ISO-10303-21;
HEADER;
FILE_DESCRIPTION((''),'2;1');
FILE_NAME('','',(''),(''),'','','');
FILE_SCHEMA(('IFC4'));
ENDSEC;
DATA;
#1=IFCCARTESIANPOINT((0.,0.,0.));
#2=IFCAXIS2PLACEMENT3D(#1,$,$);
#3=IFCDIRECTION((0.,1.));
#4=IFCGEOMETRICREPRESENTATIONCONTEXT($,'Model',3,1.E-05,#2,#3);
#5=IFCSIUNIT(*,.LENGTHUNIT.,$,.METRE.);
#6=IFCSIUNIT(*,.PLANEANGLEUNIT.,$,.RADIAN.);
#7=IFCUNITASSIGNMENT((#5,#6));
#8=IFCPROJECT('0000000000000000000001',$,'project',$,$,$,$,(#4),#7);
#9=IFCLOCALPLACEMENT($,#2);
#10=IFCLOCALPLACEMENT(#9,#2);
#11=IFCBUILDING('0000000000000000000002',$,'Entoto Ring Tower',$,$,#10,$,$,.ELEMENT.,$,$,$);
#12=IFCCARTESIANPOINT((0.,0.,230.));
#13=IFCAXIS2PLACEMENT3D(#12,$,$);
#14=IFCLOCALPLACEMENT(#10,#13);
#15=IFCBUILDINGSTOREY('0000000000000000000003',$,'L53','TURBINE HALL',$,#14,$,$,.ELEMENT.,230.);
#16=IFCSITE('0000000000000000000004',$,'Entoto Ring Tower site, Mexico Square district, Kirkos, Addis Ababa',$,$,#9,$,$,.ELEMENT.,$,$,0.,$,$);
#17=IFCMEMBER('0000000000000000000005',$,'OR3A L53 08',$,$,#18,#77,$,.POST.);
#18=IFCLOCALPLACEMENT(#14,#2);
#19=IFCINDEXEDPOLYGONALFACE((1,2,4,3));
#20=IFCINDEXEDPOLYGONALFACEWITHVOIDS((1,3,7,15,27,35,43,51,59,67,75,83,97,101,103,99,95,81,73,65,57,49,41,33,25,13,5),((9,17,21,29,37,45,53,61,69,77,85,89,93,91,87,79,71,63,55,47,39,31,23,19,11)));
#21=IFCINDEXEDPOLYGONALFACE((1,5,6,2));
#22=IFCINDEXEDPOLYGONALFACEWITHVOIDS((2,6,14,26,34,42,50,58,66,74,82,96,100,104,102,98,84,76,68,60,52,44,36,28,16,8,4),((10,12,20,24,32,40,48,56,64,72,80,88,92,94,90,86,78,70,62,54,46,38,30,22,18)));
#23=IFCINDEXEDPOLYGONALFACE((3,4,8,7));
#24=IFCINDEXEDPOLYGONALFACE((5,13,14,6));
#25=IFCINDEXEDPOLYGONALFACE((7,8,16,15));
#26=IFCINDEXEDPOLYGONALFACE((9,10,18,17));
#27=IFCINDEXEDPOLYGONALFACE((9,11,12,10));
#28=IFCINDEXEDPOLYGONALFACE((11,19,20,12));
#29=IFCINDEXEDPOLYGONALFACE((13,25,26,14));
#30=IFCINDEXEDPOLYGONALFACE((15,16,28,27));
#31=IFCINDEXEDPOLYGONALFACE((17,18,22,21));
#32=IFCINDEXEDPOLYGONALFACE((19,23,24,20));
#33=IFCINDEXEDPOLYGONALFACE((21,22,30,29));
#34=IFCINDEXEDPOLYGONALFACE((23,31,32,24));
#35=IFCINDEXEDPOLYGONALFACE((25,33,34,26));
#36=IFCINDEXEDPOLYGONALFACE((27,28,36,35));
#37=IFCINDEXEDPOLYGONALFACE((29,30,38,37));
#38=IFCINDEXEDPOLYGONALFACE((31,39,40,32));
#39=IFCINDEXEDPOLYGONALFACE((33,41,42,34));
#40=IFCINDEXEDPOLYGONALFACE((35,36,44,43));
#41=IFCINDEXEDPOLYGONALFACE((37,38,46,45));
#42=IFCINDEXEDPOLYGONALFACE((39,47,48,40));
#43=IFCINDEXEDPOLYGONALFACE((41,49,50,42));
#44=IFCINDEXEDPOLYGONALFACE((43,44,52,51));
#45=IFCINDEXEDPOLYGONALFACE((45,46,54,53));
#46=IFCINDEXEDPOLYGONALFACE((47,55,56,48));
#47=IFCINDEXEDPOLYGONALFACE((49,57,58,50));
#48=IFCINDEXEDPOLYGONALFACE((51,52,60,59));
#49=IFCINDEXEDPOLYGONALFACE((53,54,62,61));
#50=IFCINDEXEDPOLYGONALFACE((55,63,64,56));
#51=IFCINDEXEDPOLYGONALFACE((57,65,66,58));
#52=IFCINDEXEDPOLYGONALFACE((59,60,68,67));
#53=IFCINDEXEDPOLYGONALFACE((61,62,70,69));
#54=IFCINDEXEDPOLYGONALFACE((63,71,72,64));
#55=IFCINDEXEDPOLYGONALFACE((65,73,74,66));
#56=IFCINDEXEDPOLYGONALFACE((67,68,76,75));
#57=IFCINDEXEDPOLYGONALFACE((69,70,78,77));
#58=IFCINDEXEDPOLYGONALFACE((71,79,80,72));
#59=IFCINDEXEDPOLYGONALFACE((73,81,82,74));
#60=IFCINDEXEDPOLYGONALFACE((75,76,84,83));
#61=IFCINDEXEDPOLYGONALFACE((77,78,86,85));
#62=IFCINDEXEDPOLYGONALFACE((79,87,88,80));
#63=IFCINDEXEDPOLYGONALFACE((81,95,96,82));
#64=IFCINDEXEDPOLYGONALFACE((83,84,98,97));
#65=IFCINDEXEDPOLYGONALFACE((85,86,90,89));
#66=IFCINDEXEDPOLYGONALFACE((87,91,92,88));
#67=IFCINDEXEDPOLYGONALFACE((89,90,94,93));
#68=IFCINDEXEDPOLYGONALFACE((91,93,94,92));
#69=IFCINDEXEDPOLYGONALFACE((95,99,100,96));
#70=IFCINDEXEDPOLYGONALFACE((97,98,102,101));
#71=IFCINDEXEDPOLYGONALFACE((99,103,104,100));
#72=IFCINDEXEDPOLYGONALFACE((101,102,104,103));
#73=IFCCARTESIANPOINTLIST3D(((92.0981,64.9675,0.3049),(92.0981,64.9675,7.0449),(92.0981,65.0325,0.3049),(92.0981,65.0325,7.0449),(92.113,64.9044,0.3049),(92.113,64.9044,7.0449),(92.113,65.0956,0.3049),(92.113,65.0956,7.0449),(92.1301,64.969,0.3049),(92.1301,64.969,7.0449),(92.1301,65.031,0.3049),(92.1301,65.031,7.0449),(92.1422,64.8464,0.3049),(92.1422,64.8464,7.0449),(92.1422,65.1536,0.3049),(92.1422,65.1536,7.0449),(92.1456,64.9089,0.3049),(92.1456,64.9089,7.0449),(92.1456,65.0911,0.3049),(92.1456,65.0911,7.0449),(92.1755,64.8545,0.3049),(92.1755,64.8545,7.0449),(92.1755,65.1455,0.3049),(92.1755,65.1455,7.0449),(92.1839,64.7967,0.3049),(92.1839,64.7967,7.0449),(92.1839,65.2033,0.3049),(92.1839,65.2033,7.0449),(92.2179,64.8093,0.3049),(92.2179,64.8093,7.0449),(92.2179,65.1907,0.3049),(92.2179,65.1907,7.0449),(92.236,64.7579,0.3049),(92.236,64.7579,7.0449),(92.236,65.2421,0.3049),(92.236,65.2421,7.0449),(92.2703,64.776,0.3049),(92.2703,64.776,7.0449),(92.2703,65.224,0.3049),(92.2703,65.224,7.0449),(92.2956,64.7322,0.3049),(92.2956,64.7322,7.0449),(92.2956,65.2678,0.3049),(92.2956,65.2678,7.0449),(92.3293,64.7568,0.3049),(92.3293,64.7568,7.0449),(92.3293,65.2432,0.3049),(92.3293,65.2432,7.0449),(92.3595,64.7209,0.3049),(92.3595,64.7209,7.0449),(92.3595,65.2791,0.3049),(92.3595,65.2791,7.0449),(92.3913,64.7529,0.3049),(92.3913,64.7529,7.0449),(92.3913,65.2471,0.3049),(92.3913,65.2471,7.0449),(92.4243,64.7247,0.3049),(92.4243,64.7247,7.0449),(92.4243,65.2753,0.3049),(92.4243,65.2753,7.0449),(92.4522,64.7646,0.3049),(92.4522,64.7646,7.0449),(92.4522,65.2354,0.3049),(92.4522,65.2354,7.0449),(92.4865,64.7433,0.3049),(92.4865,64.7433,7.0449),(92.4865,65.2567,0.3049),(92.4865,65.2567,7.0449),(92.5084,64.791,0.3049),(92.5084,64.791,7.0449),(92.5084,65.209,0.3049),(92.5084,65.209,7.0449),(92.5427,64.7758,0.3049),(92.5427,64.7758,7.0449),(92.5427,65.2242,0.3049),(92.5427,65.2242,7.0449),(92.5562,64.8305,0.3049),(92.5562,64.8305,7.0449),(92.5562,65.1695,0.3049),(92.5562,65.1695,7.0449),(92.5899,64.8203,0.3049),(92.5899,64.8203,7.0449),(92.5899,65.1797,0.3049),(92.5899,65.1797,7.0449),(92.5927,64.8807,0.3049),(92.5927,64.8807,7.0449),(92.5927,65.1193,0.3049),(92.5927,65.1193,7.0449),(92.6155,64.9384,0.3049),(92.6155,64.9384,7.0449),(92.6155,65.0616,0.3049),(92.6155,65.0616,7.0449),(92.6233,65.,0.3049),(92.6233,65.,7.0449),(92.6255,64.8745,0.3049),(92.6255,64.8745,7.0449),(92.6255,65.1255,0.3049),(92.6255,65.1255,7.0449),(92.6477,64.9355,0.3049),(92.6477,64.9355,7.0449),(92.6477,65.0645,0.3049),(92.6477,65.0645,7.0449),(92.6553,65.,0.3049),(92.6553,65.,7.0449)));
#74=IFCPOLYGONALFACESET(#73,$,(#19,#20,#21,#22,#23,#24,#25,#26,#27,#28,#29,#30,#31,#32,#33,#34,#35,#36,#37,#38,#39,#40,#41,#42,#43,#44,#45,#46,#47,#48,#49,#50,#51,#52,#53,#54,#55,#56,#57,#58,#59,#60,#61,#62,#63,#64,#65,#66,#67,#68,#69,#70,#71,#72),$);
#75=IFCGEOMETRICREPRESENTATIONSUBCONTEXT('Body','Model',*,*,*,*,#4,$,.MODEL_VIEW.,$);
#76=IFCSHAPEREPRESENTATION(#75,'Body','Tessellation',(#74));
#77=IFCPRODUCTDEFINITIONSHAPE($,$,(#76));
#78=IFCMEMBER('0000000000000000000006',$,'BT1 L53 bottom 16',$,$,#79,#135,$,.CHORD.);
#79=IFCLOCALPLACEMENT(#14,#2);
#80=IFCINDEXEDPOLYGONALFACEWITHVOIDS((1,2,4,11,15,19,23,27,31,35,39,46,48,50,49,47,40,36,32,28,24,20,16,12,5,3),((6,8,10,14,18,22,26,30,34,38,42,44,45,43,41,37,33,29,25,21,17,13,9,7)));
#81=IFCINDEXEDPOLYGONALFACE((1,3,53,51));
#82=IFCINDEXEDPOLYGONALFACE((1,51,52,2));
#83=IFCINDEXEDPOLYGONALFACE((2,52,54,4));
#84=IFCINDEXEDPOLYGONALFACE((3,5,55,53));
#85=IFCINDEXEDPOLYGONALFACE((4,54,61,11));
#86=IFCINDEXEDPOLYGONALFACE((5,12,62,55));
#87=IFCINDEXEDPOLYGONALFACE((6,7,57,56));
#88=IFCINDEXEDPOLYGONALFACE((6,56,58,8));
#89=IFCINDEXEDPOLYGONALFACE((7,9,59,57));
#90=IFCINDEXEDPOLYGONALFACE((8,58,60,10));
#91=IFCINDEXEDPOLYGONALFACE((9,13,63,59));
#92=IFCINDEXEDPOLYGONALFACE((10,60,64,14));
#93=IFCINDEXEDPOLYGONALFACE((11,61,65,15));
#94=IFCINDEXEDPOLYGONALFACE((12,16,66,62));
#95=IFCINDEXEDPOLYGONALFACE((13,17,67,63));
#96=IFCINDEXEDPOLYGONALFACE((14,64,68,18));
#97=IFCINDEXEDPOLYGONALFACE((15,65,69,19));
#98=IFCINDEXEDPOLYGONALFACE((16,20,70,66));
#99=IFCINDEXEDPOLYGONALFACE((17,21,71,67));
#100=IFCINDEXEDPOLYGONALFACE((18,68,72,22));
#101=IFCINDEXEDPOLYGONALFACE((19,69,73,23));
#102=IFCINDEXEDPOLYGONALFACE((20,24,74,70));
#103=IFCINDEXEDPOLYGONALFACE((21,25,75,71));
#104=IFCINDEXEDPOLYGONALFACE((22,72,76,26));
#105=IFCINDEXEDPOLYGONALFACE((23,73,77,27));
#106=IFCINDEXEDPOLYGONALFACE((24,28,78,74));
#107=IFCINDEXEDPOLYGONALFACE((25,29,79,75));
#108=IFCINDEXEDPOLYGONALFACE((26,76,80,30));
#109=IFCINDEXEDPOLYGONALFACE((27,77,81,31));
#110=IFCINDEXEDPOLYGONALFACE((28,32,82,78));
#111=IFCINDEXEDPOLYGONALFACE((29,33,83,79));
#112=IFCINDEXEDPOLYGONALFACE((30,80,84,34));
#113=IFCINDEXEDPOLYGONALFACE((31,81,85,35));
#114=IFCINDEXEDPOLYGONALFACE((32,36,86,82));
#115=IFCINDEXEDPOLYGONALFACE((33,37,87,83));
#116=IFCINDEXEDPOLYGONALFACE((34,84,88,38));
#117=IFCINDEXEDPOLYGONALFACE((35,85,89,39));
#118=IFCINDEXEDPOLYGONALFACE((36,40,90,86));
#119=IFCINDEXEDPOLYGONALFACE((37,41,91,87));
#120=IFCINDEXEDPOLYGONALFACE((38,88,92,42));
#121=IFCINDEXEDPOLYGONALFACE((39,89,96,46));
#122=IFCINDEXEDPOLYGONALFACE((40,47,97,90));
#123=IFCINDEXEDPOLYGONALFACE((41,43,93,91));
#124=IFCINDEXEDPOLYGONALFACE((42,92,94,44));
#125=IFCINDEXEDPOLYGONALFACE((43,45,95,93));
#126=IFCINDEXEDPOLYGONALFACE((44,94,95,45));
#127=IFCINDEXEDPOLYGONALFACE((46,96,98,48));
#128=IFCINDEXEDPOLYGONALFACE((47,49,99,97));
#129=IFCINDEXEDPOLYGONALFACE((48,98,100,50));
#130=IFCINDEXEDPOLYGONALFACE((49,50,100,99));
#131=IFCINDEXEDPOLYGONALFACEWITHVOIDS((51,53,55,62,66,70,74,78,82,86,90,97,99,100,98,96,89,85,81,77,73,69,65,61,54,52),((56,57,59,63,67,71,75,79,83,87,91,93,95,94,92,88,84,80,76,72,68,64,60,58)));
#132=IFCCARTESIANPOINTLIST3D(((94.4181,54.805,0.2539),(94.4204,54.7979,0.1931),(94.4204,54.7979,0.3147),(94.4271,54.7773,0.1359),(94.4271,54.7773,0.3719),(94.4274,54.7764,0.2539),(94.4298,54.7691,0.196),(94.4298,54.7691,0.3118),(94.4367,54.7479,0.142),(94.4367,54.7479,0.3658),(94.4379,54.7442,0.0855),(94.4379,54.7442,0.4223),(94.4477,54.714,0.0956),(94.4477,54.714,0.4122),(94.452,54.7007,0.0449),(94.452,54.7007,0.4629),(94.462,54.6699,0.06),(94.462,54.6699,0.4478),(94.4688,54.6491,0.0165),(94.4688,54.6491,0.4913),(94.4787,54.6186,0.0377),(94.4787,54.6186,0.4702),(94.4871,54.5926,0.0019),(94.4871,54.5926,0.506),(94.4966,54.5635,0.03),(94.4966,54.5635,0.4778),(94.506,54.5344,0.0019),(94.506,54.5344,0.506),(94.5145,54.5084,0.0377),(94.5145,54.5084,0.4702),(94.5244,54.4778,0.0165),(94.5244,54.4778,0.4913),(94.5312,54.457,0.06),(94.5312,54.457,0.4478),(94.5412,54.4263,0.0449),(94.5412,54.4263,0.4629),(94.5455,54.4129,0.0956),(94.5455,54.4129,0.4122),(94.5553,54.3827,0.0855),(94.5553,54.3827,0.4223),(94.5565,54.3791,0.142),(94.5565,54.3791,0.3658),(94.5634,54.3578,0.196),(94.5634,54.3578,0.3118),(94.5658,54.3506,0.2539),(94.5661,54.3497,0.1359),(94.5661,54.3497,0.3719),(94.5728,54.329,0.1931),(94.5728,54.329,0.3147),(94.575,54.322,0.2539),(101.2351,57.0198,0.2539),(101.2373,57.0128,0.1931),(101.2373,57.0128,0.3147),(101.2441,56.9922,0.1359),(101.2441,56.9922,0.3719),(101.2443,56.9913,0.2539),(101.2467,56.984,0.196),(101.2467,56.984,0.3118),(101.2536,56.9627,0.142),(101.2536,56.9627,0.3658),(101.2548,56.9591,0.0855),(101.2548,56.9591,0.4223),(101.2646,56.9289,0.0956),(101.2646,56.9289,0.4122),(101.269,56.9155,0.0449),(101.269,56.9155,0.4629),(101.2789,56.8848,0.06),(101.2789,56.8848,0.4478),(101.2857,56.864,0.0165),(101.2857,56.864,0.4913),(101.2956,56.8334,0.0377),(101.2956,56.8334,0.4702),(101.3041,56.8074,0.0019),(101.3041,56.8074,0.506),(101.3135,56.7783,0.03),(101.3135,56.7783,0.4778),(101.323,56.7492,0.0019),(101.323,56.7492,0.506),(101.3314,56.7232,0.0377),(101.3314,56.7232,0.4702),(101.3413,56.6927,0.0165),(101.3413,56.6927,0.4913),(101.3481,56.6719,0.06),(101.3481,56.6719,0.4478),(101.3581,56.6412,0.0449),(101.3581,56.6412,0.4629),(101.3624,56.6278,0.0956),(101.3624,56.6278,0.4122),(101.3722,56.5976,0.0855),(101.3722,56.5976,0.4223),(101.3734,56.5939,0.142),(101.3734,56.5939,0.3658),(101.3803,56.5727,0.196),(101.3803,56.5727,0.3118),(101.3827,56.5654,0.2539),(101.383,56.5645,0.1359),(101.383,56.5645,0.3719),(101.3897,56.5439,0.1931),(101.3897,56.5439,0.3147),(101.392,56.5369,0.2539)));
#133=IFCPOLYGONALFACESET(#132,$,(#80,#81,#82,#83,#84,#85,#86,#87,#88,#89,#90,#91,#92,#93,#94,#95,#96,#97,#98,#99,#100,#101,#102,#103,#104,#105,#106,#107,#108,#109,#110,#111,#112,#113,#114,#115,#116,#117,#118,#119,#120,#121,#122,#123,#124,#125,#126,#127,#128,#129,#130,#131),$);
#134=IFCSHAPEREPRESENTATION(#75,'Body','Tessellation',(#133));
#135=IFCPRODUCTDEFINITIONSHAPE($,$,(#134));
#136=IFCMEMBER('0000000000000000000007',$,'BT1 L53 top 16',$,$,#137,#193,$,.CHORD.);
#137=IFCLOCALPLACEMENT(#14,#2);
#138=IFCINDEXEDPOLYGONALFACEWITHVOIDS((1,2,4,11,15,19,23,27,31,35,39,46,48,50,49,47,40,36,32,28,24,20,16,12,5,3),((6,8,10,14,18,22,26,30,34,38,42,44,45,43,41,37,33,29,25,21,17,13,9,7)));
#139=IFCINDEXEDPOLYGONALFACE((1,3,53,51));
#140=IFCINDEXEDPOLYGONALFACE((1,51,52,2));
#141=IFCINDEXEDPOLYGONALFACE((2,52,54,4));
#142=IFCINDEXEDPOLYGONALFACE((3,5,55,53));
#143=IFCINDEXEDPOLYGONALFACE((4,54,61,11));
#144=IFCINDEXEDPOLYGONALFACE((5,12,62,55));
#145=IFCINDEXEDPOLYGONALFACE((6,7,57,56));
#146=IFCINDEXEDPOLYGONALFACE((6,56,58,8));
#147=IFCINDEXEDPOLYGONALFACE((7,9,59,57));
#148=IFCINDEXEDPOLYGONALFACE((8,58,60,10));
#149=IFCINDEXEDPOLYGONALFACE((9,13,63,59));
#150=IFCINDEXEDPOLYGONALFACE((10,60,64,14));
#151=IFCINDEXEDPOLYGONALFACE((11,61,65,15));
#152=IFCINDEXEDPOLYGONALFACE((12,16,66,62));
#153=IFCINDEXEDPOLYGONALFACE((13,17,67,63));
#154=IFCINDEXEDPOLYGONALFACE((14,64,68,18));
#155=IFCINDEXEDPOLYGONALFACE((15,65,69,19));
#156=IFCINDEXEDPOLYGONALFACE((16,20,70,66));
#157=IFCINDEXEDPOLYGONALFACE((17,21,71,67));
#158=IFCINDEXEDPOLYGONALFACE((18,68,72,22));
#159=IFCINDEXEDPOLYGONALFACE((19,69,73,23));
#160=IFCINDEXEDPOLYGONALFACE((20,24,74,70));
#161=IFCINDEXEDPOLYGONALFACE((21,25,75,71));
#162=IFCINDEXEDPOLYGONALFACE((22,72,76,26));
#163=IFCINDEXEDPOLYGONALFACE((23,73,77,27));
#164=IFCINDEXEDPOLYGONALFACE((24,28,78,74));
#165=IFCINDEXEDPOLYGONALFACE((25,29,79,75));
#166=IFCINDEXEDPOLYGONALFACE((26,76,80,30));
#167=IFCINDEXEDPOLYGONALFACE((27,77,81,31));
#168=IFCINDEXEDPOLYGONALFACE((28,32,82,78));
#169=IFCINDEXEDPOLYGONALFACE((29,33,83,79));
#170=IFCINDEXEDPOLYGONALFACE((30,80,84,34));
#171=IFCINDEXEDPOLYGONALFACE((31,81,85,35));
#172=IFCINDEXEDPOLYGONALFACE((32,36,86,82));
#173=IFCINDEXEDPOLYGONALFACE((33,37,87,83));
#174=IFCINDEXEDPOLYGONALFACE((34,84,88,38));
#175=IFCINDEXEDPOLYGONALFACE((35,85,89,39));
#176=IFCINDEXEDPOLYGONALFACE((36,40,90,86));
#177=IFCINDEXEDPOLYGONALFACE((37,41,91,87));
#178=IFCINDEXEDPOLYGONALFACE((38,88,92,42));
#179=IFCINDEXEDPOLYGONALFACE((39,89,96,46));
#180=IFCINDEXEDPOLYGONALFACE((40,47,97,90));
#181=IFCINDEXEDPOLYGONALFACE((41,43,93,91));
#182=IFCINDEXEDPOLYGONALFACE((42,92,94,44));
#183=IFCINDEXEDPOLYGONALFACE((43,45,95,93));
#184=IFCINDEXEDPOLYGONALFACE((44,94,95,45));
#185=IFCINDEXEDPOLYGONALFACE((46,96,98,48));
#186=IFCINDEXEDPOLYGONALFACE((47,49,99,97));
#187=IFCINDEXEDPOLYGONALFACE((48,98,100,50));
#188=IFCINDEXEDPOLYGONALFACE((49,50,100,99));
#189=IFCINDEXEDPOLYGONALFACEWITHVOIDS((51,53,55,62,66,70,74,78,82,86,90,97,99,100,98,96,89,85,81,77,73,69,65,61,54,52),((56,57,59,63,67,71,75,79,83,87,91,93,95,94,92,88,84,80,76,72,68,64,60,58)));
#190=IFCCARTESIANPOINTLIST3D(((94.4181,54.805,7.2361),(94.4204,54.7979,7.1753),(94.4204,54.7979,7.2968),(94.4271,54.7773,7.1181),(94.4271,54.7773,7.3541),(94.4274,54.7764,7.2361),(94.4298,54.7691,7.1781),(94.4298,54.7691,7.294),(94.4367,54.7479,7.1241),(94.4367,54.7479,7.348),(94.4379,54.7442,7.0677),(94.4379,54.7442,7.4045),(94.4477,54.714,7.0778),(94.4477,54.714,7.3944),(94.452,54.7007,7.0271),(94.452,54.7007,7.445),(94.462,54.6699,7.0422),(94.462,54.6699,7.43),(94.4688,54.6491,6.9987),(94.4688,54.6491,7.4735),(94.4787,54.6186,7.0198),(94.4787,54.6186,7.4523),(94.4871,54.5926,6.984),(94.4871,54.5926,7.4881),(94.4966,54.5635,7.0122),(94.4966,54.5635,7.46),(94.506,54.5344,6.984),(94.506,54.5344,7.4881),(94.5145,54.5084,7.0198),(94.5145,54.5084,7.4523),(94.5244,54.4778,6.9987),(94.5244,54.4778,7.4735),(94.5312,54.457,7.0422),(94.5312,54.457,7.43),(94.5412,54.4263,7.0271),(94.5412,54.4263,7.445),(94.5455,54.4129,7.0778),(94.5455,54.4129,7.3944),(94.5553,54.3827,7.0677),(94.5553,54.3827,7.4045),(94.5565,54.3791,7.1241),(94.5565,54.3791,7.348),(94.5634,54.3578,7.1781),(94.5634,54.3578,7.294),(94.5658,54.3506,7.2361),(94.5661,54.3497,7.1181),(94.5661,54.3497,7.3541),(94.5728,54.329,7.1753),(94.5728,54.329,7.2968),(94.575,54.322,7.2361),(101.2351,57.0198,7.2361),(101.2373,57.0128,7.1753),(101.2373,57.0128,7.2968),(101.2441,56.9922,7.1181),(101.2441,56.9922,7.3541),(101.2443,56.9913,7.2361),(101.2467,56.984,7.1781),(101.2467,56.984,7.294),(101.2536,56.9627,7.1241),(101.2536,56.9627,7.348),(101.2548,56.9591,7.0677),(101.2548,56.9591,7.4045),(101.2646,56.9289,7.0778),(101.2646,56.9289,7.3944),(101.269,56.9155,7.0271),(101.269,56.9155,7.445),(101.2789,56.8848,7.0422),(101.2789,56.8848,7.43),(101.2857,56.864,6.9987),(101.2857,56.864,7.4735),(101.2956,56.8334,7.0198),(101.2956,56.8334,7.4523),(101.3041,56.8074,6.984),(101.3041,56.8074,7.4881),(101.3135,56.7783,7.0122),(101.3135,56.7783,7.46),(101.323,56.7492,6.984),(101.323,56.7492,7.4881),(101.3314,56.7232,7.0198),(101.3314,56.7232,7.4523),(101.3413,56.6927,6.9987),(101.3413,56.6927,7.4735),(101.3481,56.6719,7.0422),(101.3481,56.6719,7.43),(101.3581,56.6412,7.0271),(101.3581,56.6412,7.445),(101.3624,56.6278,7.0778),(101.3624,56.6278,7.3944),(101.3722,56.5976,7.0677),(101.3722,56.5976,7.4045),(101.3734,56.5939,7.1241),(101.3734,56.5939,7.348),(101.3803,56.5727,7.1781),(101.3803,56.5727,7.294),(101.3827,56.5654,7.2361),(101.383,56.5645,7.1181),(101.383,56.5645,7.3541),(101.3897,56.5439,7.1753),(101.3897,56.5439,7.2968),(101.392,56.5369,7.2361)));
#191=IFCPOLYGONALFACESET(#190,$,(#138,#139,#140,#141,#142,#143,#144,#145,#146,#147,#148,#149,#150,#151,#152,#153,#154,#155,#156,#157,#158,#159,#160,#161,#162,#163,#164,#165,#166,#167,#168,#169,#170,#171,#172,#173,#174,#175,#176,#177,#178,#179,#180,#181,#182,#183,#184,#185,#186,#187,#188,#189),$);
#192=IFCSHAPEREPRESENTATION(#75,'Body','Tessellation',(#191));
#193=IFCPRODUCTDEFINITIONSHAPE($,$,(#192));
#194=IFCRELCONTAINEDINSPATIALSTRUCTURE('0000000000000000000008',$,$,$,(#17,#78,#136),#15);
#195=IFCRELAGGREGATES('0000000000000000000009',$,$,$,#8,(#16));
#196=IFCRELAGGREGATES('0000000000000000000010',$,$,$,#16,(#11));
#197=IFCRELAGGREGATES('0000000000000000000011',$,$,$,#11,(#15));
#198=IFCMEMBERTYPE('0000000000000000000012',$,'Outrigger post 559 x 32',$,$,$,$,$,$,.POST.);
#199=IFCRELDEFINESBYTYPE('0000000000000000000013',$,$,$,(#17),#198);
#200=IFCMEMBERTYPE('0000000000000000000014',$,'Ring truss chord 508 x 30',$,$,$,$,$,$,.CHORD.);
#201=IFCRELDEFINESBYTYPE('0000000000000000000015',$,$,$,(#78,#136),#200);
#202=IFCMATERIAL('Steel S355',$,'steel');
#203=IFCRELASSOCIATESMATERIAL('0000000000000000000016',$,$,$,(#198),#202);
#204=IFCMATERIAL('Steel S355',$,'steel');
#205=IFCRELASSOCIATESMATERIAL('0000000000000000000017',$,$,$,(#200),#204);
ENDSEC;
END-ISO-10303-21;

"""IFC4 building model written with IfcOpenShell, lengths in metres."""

from ifc_helpers import new_model, si_unit, direction, frame, origin, origin_2d, place, context, subcontext, project, spatial, circle, hollow_circle, extrude, material, material_profile, profile_set, type_object, element, save


model = new_model("IFC4")

# Units and contexts
model_context = context("Model", 3, precision=1e-05, world=origin(), true_north=direction((0.0, 1.0)))
body_context = subcontext(model_context, "Body", "Model", "MODEL_VIEW")
ifc_project = project(units=[si_unit("LENGTHUNIT", "METRE"), si_unit("PLANEANGLEUNIT", "RADIAN")], contexts=[model_context])

# Site, building, storey
site_placement = place(None, origin())
site = spatial("IfcSite", under=ifc_project, at=site_placement, Name="Entoto Ring Tower site, Mexico Square district, Kirkos, Addis Ababa", CompositionType="ELEMENT", RefElevation=0.0)
building_placement = place(site_placement, origin())
building = spatial("IfcBuilding", under=site, at=building_placement, Name="Entoto Ring Tower", CompositionType="ELEMENT")
storey_placement = place(building_placement, frame((0.0, 0.0, 230.0)))
storey = spatial("IfcBuildingStorey", under=building, at=storey_placement, Name="L53", Description="TURBINE HALL", CompositionType="ELEMENT", Elevation=230.0)

# Members
ifc_material_1 = material(Name="Steel S355", Category="steel")
ifc_material_profile_1 = material_profile(ifc_material_1, hollow_circle(Radius=0.2795, WallThickness=0.032, at=origin_2d()), Name="CHS 559 x 32")
ifc_material_2 = material(Name="Concrete C60/75", Category="concrete")
ifc_material_profile_2 = material_profile(ifc_material_2, circle(Radius=0.2476, at=origin_2d()), Name="Concrete C60/75 infill")
ifc_profile_set_1 = profile_set([ifc_material_profile_1, ifc_material_profile_2], Name="Steel S355")
member_type_1 = type_object("IfcMemberType", Name="Outrigger post 559 x 32", PredefinedType="POST", material=ifc_profile_set_1)
member_1_placement = place(storey_placement, frame((92.3757, 65.0, 0.3049), z_axis=(0.0, 0.0, 1.0), x_axis=(1.0, 0.0, 0.0)))
element("IfcMember", 1, at=member_1_placement, inside=storey, type_object=member_type_1, Name="OR3A L53 08", PredefinedType="POST", context=body_context, shape_type="SweptSolid", body=[
    extrude(hollow_circle(Radius=0.2795, WallThickness=0.032, at=origin_2d()), origin(), (0.0, 0.0, 1.0), 6.74),
])
ifc_material_3 = material(Name="Steel S355", Category="steel")
ifc_material_profile_3 = material_profile(ifc_material_3, hollow_circle(Radius=0.2539, WallThickness=0.03, at=origin_2d()), Name="CHS 508 x 30")
ifc_material_4 = material(Name="Concrete C60/75", Category="concrete")
ifc_material_profile_4 = material_profile(ifc_material_4, circle(Radius=0.2241, at=origin_2d()), Name="Concrete C60/75 infill")
ifc_profile_set_2 = profile_set([ifc_material_profile_3, ifc_material_profile_4], Name="Steel S355")
member_type_2 = type_object("IfcMemberType", Name="Ring truss chord 508 x 30", PredefinedType="CHORD", material=ifc_profile_set_2)
for number, where, z_axis, x_axis, name in (
    (2, (94.4966, 54.5635, 0.2539), (0.951061, 0.309004, 0.0), (-0.309004, 0.951061, 0.0), "BT1 L53 bottom 16"),
    (3, (94.4966, 54.5635, 7.2361), (0.951061, 0.309004, 0.0), (-0.309004, 0.951061, 0.0), "BT1 L53 top 16"),
):
    element("IfcMember", number, at=place(storey_placement, frame(where, z_axis=z_axis, x_axis=x_axis)), inside=storey, type_object=member_type_2, Name=name, PredefinedType="CHORD", context=body_context, shape_type="SweptSolid", body=[
        extrude(hollow_circle(Radius=0.2539, WallThickness=0.03, at=origin_2d()), origin(), (0.0, 0.0, 1.0), 7.1677),
    ])

save(model, "model.ifc")
